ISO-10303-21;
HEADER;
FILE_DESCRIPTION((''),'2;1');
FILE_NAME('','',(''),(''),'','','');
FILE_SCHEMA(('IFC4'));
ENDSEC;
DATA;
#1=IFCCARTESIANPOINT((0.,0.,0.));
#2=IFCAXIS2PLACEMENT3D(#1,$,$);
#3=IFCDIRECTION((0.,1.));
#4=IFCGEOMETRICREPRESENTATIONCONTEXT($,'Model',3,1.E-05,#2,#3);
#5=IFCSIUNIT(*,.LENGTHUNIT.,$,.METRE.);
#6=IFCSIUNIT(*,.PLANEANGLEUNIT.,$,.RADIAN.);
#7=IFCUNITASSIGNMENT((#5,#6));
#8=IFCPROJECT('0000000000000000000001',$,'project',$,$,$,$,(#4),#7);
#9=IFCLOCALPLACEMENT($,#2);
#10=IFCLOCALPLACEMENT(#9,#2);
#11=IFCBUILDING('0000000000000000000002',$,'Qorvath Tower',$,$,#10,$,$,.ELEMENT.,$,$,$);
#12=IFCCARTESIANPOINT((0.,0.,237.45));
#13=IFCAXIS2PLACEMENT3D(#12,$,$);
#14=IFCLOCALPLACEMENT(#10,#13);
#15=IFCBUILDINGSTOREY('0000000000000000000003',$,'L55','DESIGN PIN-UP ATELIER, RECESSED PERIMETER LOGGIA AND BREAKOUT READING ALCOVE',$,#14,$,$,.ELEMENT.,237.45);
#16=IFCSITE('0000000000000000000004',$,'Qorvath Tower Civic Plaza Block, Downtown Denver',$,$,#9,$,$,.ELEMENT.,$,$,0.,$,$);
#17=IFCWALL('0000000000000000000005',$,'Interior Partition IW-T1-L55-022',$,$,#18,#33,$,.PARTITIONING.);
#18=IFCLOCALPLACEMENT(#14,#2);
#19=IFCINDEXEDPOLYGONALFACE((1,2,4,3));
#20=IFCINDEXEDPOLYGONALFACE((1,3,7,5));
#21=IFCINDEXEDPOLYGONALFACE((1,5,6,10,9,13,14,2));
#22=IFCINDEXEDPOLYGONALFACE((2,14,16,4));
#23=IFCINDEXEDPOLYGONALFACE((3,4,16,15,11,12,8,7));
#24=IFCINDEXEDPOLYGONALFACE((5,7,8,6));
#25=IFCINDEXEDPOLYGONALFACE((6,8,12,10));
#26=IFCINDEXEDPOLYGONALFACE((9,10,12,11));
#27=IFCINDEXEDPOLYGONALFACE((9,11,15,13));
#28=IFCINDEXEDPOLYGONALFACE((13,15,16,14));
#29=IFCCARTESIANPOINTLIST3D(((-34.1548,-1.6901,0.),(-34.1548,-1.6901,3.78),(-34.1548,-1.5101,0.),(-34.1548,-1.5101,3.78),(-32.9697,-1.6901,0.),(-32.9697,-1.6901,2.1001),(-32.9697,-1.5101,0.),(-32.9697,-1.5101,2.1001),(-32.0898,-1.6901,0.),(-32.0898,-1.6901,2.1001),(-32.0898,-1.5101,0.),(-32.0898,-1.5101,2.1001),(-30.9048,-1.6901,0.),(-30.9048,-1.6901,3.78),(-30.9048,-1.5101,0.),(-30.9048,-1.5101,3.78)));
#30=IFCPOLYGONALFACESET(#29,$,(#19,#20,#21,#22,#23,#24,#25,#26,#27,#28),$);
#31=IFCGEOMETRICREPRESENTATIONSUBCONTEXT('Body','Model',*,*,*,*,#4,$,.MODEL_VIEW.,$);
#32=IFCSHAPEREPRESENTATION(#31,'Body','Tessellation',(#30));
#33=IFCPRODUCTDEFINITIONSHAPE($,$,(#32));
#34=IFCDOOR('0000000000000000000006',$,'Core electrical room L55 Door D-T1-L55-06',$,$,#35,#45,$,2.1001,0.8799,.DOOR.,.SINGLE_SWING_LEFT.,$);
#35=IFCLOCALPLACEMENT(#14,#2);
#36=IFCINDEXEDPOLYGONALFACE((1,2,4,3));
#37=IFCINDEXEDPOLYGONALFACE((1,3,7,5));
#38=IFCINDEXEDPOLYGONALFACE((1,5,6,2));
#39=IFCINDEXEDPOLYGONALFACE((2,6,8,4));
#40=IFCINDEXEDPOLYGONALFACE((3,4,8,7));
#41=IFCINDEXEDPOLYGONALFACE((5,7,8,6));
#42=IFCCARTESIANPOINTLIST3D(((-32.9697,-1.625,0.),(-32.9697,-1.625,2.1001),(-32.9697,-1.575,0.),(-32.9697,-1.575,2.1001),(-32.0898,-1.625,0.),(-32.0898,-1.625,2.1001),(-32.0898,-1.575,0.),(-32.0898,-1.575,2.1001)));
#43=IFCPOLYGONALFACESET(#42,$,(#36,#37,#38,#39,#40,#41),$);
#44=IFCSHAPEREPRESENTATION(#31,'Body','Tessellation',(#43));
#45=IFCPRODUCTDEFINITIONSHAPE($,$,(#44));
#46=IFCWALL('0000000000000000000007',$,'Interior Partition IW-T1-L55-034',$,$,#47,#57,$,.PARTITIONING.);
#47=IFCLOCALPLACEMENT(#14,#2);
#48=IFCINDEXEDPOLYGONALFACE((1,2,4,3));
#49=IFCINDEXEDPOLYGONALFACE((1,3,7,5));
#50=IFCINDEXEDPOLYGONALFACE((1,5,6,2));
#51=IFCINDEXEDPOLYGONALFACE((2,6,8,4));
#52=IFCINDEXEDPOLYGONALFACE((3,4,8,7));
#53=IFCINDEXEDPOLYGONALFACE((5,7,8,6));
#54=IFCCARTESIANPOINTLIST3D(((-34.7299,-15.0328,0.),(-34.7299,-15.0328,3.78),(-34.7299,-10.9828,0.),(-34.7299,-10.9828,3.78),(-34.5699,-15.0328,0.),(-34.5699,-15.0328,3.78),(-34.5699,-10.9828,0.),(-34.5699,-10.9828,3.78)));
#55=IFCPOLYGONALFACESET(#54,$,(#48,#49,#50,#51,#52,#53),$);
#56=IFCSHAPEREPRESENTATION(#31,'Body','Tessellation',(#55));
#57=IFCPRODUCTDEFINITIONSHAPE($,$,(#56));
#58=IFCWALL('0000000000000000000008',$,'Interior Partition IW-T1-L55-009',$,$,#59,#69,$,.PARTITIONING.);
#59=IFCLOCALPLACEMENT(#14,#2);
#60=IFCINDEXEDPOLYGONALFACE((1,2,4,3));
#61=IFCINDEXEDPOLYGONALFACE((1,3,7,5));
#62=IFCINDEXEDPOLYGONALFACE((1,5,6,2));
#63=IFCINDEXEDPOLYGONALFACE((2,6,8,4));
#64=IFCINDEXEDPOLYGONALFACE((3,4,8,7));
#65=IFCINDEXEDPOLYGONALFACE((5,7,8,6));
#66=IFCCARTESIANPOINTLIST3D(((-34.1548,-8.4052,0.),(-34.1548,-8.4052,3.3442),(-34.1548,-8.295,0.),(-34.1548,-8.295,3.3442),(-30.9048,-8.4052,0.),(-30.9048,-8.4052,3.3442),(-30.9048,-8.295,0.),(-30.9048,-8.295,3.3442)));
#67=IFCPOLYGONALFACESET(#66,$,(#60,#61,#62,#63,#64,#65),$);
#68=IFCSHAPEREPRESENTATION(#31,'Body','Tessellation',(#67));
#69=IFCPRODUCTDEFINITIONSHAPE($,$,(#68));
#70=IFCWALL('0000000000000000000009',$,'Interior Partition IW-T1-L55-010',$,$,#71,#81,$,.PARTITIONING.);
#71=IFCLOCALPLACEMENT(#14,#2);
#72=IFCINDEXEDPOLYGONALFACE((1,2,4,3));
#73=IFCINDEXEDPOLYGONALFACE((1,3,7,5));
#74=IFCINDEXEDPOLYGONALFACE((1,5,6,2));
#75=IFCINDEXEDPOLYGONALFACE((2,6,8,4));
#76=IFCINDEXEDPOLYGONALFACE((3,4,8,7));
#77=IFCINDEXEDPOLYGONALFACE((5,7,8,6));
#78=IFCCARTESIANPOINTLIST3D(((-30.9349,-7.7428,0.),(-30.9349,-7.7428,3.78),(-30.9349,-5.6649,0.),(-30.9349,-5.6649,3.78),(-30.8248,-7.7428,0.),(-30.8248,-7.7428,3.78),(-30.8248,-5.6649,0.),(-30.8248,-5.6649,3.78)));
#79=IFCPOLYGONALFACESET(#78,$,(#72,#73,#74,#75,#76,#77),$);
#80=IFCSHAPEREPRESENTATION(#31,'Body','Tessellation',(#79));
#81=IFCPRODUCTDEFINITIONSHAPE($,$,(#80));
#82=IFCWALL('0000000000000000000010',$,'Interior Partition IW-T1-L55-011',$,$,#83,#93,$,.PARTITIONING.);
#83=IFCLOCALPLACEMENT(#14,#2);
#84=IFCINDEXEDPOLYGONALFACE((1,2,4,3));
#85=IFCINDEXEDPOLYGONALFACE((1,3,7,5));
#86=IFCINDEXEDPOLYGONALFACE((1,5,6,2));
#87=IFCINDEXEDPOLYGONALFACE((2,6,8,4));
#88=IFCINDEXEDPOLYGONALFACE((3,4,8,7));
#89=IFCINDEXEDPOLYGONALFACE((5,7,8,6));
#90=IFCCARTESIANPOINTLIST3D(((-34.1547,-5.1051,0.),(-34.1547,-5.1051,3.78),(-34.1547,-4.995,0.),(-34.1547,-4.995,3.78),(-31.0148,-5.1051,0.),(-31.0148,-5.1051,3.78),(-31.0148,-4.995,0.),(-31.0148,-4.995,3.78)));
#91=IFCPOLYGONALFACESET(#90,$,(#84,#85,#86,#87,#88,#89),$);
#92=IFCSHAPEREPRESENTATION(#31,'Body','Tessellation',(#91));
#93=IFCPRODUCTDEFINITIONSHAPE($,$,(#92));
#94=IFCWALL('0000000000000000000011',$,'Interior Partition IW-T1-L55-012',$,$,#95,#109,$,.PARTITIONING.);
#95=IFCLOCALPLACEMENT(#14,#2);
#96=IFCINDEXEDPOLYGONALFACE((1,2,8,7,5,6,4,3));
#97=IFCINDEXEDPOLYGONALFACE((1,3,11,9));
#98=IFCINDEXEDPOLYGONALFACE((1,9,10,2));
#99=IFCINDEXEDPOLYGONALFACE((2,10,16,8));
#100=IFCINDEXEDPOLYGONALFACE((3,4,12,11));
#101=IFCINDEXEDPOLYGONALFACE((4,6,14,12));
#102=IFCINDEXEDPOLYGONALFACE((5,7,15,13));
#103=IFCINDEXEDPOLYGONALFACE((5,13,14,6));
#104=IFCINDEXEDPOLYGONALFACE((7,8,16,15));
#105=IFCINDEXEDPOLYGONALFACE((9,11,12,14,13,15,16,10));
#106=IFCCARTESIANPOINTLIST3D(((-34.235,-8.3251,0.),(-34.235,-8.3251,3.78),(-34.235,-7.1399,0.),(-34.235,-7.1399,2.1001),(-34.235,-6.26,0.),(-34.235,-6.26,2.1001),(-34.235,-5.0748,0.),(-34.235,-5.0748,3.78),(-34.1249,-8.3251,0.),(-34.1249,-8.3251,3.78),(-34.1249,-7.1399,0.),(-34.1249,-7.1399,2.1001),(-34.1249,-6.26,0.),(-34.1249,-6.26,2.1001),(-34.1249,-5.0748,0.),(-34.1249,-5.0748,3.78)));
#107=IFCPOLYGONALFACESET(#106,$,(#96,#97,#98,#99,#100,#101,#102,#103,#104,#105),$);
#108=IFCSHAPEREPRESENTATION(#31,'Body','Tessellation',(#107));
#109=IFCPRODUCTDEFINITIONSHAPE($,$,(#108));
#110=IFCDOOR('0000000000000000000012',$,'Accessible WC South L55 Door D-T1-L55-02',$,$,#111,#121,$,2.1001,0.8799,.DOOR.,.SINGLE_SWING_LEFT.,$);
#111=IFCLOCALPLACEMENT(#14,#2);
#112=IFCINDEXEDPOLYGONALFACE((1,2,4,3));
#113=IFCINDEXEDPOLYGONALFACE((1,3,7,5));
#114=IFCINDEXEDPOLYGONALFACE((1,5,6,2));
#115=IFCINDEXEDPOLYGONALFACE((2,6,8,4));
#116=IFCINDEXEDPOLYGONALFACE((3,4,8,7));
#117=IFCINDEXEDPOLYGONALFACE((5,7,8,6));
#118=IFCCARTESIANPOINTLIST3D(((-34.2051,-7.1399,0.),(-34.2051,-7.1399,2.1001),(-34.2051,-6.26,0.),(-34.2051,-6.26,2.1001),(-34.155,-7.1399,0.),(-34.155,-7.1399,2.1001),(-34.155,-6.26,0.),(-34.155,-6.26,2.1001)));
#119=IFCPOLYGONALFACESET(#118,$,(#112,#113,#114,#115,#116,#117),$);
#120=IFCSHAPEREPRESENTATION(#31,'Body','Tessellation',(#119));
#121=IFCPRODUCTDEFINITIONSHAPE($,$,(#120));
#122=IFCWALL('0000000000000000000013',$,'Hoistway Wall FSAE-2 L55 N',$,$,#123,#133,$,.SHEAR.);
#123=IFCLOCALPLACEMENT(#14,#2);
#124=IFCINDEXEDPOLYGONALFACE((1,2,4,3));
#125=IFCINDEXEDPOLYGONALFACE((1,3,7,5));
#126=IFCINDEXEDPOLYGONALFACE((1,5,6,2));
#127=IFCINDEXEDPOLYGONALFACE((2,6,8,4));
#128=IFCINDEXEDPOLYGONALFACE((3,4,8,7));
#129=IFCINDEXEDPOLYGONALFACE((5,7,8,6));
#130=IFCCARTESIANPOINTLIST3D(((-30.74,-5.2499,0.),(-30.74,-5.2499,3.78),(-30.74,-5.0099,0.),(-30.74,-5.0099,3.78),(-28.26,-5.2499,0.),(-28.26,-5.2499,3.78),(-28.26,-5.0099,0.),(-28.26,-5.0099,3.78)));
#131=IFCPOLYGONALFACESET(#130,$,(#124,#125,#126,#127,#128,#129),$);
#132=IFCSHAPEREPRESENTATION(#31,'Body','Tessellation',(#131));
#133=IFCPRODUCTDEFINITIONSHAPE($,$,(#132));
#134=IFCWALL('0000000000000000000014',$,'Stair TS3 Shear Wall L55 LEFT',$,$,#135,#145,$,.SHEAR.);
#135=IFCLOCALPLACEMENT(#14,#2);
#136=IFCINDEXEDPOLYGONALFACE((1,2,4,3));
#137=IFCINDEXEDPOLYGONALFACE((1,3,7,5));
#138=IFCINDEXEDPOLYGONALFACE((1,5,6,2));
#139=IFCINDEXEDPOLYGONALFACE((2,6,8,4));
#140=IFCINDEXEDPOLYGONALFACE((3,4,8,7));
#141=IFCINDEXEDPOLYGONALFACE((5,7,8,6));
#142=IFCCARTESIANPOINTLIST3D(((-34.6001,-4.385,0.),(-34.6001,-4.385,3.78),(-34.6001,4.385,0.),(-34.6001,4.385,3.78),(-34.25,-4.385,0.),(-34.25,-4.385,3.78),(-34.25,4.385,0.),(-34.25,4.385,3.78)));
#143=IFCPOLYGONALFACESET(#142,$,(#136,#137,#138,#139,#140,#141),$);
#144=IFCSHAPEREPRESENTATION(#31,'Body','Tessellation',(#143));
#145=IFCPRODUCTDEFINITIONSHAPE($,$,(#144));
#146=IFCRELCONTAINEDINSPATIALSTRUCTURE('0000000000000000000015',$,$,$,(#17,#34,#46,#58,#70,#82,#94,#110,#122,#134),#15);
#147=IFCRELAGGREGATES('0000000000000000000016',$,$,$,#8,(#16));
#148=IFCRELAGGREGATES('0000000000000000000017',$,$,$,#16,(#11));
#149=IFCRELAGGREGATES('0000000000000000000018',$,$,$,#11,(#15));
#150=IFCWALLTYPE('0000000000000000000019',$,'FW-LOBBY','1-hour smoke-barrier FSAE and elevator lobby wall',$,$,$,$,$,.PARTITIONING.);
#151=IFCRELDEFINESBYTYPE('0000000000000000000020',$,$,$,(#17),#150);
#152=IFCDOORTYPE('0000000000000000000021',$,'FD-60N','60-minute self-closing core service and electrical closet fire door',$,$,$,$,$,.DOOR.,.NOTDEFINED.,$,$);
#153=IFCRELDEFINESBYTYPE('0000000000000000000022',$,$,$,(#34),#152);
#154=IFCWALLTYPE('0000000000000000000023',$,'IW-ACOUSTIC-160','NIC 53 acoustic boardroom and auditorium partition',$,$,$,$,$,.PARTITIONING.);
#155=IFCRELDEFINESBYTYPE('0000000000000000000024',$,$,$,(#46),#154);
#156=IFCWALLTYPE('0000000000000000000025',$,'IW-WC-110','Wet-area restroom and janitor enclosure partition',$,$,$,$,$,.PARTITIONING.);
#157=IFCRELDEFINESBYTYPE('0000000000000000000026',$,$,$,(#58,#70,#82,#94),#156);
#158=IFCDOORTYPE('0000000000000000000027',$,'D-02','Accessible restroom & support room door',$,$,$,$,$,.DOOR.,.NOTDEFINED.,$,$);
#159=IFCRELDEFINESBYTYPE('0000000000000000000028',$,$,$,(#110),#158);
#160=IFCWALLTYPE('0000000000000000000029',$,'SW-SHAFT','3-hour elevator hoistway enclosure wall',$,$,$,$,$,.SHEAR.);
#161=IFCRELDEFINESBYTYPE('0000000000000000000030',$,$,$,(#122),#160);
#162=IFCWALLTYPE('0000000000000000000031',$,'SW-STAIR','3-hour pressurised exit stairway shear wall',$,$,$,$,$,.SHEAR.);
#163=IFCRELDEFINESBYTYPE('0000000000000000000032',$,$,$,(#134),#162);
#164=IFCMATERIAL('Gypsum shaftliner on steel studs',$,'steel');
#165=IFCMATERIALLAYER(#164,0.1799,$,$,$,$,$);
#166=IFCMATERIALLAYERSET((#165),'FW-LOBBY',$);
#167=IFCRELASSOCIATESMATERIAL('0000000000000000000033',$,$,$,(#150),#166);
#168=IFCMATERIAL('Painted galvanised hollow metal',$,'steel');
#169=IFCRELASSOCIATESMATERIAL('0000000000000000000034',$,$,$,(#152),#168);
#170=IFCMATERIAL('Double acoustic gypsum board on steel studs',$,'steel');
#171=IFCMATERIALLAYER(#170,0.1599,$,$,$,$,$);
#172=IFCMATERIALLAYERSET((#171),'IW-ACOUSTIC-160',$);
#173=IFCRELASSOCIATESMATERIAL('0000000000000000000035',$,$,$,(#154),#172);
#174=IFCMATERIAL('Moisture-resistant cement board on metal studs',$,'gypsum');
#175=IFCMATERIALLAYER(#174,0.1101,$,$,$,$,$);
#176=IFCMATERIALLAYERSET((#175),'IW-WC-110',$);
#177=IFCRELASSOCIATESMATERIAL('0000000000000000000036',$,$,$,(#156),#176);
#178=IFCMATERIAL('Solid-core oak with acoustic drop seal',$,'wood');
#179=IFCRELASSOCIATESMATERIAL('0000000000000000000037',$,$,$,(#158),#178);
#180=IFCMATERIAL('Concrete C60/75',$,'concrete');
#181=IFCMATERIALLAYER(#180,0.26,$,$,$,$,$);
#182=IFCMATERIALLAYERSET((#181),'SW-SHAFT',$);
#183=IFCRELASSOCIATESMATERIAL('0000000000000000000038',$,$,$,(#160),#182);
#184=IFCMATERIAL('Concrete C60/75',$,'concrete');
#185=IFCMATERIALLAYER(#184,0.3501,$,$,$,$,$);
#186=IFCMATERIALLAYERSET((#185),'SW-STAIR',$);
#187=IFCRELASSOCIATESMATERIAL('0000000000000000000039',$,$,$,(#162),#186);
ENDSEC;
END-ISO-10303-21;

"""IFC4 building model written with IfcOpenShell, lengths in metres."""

from ifc_helpers import new_model, si_unit, direction, frame, frame_2d, origin, place, context, subcontext, project, spatial, rectangle, extrude, material, layer, layer_set, type_object, element, fill, save


model = new_model("IFC4")

# Units and contexts
model_context = context("Model", 3, precision=1e-05, world=origin(), true_north=direction((0.0, 1.0)))
body_context = subcontext(model_context, "Body", "Model", "MODEL_VIEW")
ifc_project = project(units=[si_unit("LENGTHUNIT", "METRE"), si_unit("PLANEANGLEUNIT", "RADIAN")], contexts=[model_context])

# Site, building, storey
site_placement = place(None, origin())
site = spatial("IfcSite", under=ifc_project, at=site_placement, Name="Qorvath Tower Civic Plaza Block, Downtown Denver", CompositionType="ELEMENT", RefElevation=0.0)
building_placement = place(site_placement, origin())
building = spatial("IfcBuilding", under=site, at=building_placement, Name="Qorvath Tower", CompositionType="ELEMENT")
storey_placement = place(building_placement, frame((0.0, 0.0, 237.45)))
storey = spatial("IfcBuildingStorey", under=building, at=storey_placement, Name="L55", Description="DESIGN PIN-UP ATELIER, RECESSED PERIMETER LOGGIA AND BREAKOUT READING ALCOVE", CompositionType="ELEMENT", Elevation=237.45)

# Shared definitions
ifc_material_1 = material(Name="Gypsum shaftliner on steel studs", Category="steel")
ifc_layer_1 = layer(ifc_material_1, 0.1799)
ifc_layer_set_1 = layer_set([ifc_layer_1], Name="FW-LOBBY")
wall_type_1 = type_object("IfcWallType", Name="FW-LOBBY", Description="1-hour smoke-barrier FSAE and elevator lobby wall", PredefinedType="PARTITIONING", material=ifc_layer_set_1)

# Wall, opening, door
wall_1_placement = place(storey_placement, frame((-30.9048, -1.6001, 0.0), z_axis=(0.0, 0.0, 1.0), x_axis=(-1.0, 0.0, 0.0)))
wall_1 = element("IfcWall", 1, at=wall_1_placement, inside=storey, type_object=wall_type_1, Name="Interior Partition IW-T1-L55-022", PredefinedType="PARTITIONING", context=body_context, shape_type="SweptSolid", body=[
    extrude(rectangle(XDim=3.25, YDim=0.1799, at=frame_2d((1.625, 0.0))), origin(), (0.0, 0.0, 1.0), 3.78),
])
opening_1_placement = place(wall_1_placement, frame((1.1851, 0.0, 0.0)))
opening_1 = element("IfcOpeningElement", 2, at=opening_1_placement, cuts=wall_1, PredefinedType="OPENING", context=body_context, shape_type="SweptSolid", body=[
    extrude(rectangle(XDim=0.8799, YDim=2.1001, at=frame_2d((0.4399, 1.05))), frame((0.0, 0.1001, 0.0), z_axis=(0.0, -1.0, 0.0), x_axis=(1.0, 0.0, 0.0)), (0.0, 0.0, 1.0), 0.2),
])
ifc_material_2 = material(Name="Painted galvanised hollow metal", Category="steel")
door_type_1 = type_object("IfcDoorType", Name="FD-60N", Description="60-minute self-closing core service and electrical closet fire door", OperationType="NOTDEFINED", PredefinedType="DOOR", material=ifc_material_2)
door_1_placement = place(opening_1_placement, origin())
door_1 = element("IfcDoor", 3, at=door_1_placement, inside=storey, type_object=door_type_1, Name="Core electrical room L55 Door D-T1-L55-06", OperationType="SINGLE_SWING_LEFT", OverallHeight=2.1001, OverallWidth=0.8799, PredefinedType="DOOR", context=body_context, shape_type="SweptSolid", body=[
    extrude(rectangle(XDim=0.8799, YDim=2.1001, at=frame_2d((0.4399, 1.05))), frame((0.0, 0.0249, 0.0), z_axis=(0.0, -1.0, 0.0), x_axis=(1.0, 0.0, 0.0)), (0.0, 0.0, 1.0), 0.05),
])
fill(opening_1, door_1)

# Wall
ifc_material_3 = material(Name="Double acoustic gypsum board on steel studs", Category="steel")
ifc_layer_2 = layer(ifc_material_3, 0.1599)
ifc_layer_set_2 = layer_set([ifc_layer_2], Name="IW-ACOUSTIC-160")
wall_type_2 = type_object("IfcWallType", Name="IW-ACOUSTIC-160", Description="NIC 53 acoustic boardroom and auditorium partition", PredefinedType="PARTITIONING", material=ifc_layer_set_2)
wall_2_placement = place(storey_placement, frame((-34.6499, -10.9829, 0.0), z_axis=(0.0, 0.0, 1.0), x_axis=(0.0, -1.0, 0.0)))
element("IfcWall", 4, at=wall_2_placement, inside=storey, type_object=wall_type_2, Name="Interior Partition IW-T1-L55-034", PredefinedType="PARTITIONING", context=body_context, shape_type="SweptSolid", body=[
    extrude(rectangle(XDim=4.05, YDim=0.1599, at=frame_2d((2.0249, 0.0))), origin(), (0.0, 0.0, 1.0), 3.78),
])

# Walls
ifc_material_4 = material(Name="Moisture-resistant cement board on metal studs", Category="gypsum")
ifc_layer_3 = layer(ifc_material_4, 0.1101)
ifc_layer_set_3 = layer_set([ifc_layer_3], Name="IW-WC-110")
wall_type_3 = type_object("IfcWallType", Name="IW-WC-110", Description="Wet-area restroom and janitor enclosure partition", PredefinedType="PARTITIONING", material=ifc_layer_set_3)
wall_3_placement = place(storey_placement, frame((-34.1548, -8.3501, 0.0), z_axis=(0.0, 0.0, 1.0), x_axis=(1.0, 0.0, 0.0)))
element("IfcWall", 5, at=wall_3_placement, inside=storey, type_object=wall_type_3, Name="Interior Partition IW-T1-L55-009", PredefinedType="PARTITIONING", context=body_context, shape_type="SweptSolid", body=[
    extrude(rectangle(XDim=3.25, YDim=0.1101, at=frame_2d((1.625, 0.0))), origin(), (0.0, 0.0, 1.0), 3.3442),
])
wall_4_placement = place(storey_placement, frame((-30.8799, -7.7429, 0.0), z_axis=(0.0, 0.0, 1.0), x_axis=(0.0, 1.0, 0.0)))
element("IfcWall", 6, at=wall_4_placement, inside=storey, type_object=wall_type_3, Name="Interior Partition IW-T1-L55-010", PredefinedType="PARTITIONING", context=body_context, shape_type="SweptSolid", body=[
    extrude(rectangle(XDim=2.0779, YDim=0.1101, at=frame_2d((1.0391, 0.0))), origin(), (0.0, 0.0, 1.0), 3.78),
])
wall_5_placement = place(storey_placement, frame((-31.0149, -5.05, 0.0), z_axis=(0.0, 0.0, 1.0), x_axis=(-1.0, 0.0, 0.0)))
element("IfcWall", 7, at=wall_5_placement, inside=storey, type_object=wall_type_3, Name="Interior Partition IW-T1-L55-011", PredefinedType="PARTITIONING", context=body_context, shape_type="SweptSolid", body=[
    extrude(rectangle(XDim=3.1399, YDim=0.1101, at=frame_2d((1.5698, 0.0))), origin(), (0.0, 0.0, 1.0), 3.78),
])

# Wall, opening, door
wall_6_placement = place(storey_placement, frame((-34.1799, -5.075, 0.0), z_axis=(0.0, 0.0, 1.0), x_axis=(0.0, -1.0, 0.0)))
wall_6 = element("IfcWall", 8, at=wall_6_placement, inside=storey, type_object=wall_type_3, Name="Interior Partition IW-T1-L55-012", PredefinedType="PARTITIONING", context=body_context, shape_type="SweptSolid", body=[
    extrude(rectangle(XDim=3.2502, YDim=0.1101, at=frame_2d((1.625, 0.0))), origin(), (0.0, 0.0, 1.0), 3.78),
])
opening_2_placement = place(wall_6_placement, frame((1.1851, 0.0, 0.0)))
opening_2 = element("IfcOpeningElement", 9, at=opening_2_placement, cuts=wall_6, PredefinedType="OPENING", context=body_context, shape_type="SweptSolid", body=[
    extrude(rectangle(XDim=0.8799, YDim=2.1001, at=frame_2d((0.4399, 1.05))), frame((0.0, 0.0649, 0.0), z_axis=(0.0, -1.0, 0.0), x_axis=(1.0, 0.0, 0.0)), (0.0, 0.0, 1.0), 0.1301),
])
ifc_material_5 = material(Name="Solid-core oak with acoustic drop seal", Category="wood")
door_type_2 = type_object("IfcDoorType", Name="D-02", Description="Accessible restroom & support room door", OperationType="NOTDEFINED", PredefinedType="DOOR", material=ifc_material_5)
door_2_placement = place(opening_2_placement, origin())
door_2 = element("IfcDoor", 10, at=door_2_placement, inside=storey, type_object=door_type_2, Name="Accessible WC South L55 Door D-T1-L55-02", OperationType="SINGLE_SWING_LEFT", OverallHeight=2.1001, OverallWidth=0.8799, PredefinedType="DOOR", context=body_context, shape_type="SweptSolid", body=[
    extrude(rectangle(XDim=0.8799, YDim=2.1001, at=frame_2d((0.4399, 1.05))), frame((0.0, 0.0249, 0.0), z_axis=(0.0, -1.0, 0.0), x_axis=(1.0, 0.0, 0.0)), (0.0, 0.0, 1.0), 0.05),
])
fill(opening_2, door_2)

# Walls
ifc_material_6 = material(Name="Concrete C60/75", Category="concrete")
ifc_layer_4 = layer(ifc_material_6, 0.26)
ifc_layer_set_4 = layer_set([ifc_layer_4], Name="SW-SHAFT")
wall_type_4 = type_object("IfcWallType", Name="SW-SHAFT", Description="3-hour elevator hoistway enclosure wall", PredefinedType="SHEAR", material=ifc_layer_set_4)
wall_7_placement = place(storey_placement, frame((-30.74, -5.1299, 0.0), z_axis=(0.0, 0.0, 1.0), x_axis=(1.0, 0.0, 0.0)))
element("IfcWall", 11, at=wall_7_placement, inside=storey, type_object=wall_type_4, Name="Hoistway Wall FSAE-2 L55 N", PredefinedType="SHEAR", context=body_context, shape_type="SweptSolid", body=[
    extrude(rectangle(XDim=2.48, YDim=0.24, at=frame_2d((1.24, 0.0))), origin(), (0.0, 0.0, 1.0), 3.78),
])
ifc_material_7 = material(Name="Concrete C60/75", Category="concrete")
ifc_layer_5 = layer(ifc_material_7, 0.3501)
ifc_layer_set_5 = layer_set([ifc_layer_5], Name="SW-STAIR")
wall_type_5 = type_object("IfcWallType", Name="SW-STAIR", Description="3-hour pressurised exit stairway shear wall", PredefinedType="SHEAR", material=ifc_layer_set_5)
wall_8_placement = place(storey_placement, frame((-34.425, -4.385, 0.0), z_axis=(0.0, 0.0, 1.0), x_axis=(0.0, 1.0, 0.0)))
element("IfcWall", 12, at=wall_8_placement, inside=storey, type_object=wall_type_5, Name="Stair TS3 Shear Wall L55 LEFT", PredefinedType="SHEAR", context=body_context, shape_type="SweptSolid", body=[
    extrude(rectangle(XDim=8.77, YDim=0.3501, at=frame_2d((4.385, 0.0))), origin(), (0.0, 0.0, 1.0), 3.78),
])

save(model, "model.ifc")
